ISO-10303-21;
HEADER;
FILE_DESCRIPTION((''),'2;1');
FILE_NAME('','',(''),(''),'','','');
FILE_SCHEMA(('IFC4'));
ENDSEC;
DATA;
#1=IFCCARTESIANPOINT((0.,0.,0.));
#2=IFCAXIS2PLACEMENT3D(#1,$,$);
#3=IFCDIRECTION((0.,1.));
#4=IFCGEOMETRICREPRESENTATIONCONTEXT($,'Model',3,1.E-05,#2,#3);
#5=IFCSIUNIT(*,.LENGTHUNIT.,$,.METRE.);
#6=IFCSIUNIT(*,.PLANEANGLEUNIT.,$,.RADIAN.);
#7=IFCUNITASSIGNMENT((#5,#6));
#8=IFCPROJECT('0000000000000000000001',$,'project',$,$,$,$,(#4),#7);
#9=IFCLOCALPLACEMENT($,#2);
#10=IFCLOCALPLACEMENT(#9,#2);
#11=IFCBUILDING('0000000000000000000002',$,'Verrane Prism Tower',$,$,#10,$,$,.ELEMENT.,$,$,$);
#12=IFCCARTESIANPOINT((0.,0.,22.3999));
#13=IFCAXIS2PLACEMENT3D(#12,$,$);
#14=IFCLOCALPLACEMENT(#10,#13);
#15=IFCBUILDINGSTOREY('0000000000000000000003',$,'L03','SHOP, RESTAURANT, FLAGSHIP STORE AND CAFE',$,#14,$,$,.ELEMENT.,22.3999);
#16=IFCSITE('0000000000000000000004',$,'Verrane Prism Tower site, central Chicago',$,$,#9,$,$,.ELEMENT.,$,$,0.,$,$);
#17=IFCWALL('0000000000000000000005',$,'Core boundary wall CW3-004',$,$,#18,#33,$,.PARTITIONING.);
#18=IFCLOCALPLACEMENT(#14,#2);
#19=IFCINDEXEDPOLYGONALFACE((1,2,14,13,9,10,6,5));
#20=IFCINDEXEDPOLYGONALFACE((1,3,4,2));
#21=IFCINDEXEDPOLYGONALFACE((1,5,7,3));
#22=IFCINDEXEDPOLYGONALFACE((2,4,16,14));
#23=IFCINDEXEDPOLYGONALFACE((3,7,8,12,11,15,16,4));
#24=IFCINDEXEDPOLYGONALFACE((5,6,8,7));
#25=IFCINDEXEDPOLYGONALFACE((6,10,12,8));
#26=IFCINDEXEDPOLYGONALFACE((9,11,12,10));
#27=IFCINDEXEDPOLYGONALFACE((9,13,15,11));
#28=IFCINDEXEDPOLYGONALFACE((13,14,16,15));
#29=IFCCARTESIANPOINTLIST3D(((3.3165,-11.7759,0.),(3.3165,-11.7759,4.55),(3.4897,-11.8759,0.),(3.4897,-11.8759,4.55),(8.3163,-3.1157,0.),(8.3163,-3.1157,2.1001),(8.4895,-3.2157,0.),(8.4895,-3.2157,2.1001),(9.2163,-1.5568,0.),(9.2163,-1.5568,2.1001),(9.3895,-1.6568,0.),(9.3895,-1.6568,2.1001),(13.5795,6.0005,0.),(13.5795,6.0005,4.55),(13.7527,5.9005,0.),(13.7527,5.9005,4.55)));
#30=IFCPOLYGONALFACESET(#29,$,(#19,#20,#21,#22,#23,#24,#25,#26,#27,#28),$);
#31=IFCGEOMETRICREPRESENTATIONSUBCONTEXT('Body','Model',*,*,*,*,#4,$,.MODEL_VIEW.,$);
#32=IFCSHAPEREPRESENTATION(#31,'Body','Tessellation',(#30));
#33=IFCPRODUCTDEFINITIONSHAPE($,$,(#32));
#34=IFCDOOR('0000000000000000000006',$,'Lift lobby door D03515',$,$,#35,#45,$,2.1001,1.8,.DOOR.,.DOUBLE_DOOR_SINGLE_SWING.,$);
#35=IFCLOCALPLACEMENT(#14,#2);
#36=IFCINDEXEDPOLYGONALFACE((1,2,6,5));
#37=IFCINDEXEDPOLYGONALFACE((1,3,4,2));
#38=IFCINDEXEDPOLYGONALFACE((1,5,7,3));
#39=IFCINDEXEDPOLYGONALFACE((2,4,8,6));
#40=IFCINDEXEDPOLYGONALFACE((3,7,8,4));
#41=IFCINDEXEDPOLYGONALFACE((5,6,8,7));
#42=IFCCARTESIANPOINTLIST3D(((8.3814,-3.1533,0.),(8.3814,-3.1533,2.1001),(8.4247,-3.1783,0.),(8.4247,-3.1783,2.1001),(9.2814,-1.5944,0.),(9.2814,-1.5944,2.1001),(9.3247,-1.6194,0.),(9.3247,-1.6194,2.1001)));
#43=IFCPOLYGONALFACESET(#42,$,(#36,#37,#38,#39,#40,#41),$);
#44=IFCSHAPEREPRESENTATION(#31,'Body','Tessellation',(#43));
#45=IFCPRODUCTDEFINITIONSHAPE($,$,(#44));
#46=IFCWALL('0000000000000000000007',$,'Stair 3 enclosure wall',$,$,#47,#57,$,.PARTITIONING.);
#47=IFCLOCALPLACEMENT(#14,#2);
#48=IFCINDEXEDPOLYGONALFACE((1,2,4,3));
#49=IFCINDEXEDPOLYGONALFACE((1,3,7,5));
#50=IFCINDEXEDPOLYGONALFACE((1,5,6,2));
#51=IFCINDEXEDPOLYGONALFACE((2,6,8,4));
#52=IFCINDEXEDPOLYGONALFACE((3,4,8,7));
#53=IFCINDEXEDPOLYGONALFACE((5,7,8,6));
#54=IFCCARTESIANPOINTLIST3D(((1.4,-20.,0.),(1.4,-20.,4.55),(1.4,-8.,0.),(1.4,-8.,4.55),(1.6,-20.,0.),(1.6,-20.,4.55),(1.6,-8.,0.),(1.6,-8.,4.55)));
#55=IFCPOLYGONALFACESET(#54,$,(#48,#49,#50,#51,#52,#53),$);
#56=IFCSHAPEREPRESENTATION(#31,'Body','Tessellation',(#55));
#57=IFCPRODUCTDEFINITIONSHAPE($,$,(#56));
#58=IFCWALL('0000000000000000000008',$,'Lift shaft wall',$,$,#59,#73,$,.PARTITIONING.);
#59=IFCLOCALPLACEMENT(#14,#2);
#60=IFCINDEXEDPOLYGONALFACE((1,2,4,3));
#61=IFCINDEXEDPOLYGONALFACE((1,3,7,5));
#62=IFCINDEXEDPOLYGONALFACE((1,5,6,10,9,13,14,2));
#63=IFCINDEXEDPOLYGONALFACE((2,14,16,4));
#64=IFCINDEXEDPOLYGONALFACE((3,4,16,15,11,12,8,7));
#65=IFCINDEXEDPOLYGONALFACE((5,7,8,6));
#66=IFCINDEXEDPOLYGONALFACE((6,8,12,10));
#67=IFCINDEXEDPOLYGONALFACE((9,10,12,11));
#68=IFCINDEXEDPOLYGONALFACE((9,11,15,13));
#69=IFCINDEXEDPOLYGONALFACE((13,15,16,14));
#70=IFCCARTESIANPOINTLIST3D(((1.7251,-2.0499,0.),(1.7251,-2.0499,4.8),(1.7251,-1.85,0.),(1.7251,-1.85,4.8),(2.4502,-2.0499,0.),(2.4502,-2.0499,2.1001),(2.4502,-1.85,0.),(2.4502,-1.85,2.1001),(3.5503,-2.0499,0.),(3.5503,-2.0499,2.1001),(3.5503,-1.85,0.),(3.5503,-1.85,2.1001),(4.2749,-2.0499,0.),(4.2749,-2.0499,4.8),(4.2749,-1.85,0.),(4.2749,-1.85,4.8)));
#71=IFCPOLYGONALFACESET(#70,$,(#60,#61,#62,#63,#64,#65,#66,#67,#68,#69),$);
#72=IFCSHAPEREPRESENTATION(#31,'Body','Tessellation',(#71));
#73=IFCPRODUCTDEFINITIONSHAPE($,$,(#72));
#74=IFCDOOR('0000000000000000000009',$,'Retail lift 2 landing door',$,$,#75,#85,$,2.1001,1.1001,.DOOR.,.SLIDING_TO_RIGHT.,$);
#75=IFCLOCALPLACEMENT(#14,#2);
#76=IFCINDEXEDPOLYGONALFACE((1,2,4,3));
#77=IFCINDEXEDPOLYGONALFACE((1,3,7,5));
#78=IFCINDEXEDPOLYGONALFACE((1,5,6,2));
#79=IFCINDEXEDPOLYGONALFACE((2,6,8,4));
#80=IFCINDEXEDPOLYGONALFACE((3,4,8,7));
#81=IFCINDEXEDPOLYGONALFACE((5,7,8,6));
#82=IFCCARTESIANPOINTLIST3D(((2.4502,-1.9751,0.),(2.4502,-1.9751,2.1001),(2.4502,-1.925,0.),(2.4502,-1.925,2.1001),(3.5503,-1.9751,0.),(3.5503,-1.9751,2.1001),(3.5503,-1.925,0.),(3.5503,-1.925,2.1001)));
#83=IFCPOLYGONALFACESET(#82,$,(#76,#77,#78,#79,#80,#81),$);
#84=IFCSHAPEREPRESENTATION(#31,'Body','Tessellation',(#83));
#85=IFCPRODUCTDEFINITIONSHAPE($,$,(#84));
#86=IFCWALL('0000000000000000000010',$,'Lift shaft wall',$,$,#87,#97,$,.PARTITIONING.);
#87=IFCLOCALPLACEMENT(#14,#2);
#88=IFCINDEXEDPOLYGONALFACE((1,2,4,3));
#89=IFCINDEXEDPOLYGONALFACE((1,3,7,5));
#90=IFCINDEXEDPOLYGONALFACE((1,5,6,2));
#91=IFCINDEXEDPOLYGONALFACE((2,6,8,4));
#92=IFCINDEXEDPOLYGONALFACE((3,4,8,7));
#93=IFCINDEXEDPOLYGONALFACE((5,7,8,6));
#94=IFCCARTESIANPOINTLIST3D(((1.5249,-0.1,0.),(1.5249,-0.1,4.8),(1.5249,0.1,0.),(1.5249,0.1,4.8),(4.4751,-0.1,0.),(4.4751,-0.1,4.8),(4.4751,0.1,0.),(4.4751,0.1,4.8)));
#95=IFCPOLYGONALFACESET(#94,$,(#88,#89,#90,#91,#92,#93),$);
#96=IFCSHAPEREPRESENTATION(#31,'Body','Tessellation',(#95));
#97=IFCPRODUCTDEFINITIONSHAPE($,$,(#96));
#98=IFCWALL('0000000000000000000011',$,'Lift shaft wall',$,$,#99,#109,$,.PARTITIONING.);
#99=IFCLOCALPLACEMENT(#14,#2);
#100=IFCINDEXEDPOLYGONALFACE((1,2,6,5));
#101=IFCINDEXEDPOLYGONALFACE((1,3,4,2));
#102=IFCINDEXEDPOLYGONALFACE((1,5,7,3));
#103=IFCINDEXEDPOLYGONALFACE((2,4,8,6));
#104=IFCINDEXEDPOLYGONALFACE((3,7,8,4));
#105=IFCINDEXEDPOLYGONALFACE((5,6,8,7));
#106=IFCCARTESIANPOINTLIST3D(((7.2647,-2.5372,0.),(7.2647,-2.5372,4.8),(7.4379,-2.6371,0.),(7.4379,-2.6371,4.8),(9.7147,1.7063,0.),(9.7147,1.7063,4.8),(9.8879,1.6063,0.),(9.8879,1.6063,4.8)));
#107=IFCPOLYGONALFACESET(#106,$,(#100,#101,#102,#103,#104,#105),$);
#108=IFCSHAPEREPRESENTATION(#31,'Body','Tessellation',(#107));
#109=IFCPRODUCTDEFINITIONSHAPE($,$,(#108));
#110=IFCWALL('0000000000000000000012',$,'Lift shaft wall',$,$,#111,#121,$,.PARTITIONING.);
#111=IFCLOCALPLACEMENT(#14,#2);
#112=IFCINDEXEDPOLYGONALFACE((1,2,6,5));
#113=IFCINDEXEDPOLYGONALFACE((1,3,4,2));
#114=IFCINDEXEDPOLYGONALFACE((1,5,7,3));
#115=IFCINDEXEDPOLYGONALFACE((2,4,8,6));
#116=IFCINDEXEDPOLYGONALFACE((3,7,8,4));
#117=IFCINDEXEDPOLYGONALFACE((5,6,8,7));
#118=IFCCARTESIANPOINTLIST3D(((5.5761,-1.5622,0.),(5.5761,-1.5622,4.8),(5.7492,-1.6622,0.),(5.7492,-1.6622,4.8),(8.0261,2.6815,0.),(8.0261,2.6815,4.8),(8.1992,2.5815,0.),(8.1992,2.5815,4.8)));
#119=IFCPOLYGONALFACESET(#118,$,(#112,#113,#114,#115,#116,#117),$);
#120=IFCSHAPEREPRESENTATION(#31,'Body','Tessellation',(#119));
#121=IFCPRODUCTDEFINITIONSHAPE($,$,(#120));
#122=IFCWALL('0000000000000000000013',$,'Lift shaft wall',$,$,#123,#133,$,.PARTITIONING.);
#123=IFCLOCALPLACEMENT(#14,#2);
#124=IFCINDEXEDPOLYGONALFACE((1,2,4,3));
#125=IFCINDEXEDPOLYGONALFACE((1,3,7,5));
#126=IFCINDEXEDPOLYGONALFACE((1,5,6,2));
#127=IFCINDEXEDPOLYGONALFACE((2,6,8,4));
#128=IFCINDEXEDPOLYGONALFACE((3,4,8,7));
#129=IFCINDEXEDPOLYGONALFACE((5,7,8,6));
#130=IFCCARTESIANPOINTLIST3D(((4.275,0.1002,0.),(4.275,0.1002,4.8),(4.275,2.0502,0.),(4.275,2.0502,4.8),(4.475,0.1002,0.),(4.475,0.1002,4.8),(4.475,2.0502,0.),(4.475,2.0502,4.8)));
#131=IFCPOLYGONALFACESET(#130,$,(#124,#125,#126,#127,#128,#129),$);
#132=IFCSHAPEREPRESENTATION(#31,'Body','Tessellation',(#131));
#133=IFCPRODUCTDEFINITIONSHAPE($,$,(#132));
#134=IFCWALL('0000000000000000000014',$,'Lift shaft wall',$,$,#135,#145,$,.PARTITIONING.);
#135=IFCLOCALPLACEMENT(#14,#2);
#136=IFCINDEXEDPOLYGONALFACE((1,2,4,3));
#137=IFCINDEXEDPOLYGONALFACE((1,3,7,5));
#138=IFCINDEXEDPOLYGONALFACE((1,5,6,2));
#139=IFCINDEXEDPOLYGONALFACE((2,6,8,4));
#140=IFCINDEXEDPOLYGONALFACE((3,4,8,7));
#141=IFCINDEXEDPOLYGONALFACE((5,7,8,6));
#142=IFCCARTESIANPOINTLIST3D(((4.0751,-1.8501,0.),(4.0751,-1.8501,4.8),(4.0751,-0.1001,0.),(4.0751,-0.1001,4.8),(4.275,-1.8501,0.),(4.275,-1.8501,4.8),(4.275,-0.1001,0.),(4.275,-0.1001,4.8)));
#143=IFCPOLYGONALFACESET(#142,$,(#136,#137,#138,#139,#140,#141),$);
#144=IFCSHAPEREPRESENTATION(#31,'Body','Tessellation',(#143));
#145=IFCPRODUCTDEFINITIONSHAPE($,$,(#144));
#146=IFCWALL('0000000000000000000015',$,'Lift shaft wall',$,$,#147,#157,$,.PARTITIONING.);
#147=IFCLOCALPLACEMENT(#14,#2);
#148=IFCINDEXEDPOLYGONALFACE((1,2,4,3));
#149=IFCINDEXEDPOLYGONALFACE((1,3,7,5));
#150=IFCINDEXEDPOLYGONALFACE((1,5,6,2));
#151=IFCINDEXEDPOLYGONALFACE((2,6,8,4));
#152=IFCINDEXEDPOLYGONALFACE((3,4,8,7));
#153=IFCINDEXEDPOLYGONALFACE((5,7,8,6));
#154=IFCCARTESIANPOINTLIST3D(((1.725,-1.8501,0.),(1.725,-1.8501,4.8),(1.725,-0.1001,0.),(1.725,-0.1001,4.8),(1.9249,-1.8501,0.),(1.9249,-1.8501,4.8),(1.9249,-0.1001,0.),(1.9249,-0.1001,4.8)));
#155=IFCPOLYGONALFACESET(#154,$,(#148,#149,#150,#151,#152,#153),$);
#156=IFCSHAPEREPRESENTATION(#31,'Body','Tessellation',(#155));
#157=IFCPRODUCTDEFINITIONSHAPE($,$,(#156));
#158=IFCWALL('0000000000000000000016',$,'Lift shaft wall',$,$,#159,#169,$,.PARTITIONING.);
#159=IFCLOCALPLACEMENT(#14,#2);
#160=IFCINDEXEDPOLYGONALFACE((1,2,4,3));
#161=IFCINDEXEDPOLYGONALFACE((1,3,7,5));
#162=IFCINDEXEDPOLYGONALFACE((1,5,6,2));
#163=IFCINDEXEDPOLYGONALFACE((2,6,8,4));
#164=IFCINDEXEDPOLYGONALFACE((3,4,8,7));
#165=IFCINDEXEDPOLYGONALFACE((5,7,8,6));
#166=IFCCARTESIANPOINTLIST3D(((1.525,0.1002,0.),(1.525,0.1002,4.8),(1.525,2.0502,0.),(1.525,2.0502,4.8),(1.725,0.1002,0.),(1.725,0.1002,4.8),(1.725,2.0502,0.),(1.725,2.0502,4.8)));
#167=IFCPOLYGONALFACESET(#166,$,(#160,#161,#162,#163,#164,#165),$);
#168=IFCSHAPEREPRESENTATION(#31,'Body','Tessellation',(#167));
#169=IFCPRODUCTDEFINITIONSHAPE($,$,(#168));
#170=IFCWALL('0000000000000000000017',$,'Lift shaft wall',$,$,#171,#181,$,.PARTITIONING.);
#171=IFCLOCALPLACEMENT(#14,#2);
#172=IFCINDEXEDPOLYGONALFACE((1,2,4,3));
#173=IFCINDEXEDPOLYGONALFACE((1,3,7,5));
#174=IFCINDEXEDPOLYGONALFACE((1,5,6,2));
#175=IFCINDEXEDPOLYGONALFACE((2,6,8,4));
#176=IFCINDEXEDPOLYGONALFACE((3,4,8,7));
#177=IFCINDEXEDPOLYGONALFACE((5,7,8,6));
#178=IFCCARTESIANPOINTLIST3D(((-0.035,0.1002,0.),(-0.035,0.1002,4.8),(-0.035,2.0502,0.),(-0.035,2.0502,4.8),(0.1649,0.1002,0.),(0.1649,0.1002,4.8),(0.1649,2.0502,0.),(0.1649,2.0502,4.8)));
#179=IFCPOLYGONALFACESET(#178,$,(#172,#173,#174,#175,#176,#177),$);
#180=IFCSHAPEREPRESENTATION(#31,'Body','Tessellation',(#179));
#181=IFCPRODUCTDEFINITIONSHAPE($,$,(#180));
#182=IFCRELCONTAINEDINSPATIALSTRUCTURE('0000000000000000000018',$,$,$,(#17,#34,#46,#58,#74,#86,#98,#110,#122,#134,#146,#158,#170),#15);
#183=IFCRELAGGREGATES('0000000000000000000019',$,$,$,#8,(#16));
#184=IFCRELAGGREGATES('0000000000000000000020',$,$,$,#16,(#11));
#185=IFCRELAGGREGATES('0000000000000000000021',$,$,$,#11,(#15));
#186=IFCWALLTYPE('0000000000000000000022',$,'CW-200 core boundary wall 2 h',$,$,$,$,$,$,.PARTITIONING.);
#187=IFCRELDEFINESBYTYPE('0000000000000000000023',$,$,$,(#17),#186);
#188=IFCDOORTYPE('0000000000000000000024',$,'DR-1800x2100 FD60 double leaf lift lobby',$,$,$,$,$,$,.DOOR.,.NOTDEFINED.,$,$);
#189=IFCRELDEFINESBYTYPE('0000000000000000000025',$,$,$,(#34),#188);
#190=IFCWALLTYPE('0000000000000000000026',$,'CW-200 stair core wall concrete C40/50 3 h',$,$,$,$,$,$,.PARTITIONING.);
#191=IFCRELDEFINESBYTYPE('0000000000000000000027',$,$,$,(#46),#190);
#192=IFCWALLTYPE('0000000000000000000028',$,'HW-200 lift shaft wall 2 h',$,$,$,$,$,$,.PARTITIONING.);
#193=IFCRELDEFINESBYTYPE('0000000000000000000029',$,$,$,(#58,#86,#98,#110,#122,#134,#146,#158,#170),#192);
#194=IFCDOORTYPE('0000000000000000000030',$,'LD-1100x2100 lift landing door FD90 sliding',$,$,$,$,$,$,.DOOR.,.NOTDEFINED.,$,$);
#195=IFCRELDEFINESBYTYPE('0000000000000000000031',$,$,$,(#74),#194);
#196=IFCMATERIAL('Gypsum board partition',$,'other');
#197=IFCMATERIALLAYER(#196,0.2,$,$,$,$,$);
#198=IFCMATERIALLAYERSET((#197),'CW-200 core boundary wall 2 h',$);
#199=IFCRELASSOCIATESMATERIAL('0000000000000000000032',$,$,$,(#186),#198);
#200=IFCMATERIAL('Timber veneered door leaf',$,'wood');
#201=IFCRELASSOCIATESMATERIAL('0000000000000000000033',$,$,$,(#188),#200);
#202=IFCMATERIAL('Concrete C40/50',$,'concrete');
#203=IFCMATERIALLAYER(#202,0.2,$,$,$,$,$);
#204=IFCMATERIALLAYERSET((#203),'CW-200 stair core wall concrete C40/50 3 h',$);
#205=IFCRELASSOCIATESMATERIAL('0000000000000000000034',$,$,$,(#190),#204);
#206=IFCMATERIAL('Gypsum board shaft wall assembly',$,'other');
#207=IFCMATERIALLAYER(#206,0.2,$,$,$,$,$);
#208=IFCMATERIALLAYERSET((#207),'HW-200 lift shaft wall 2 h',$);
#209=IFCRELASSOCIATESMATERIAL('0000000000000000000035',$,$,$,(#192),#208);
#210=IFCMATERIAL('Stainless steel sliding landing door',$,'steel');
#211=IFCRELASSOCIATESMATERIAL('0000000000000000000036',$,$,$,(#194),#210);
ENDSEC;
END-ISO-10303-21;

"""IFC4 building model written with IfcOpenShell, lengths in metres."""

from ifc_helpers import new_model, si_unit, direction, frame, frame_2d, origin, place, context, subcontext, project, spatial, rectangle, extrude, material, layer, layer_set, type_object, element, fill, save


model = new_model("IFC4")

# Units and contexts
model_context = context("Model", 3, precision=1e-05, world=origin(), true_north=direction((0.0, 1.0)))
body_context = subcontext(model_context, "Body", "Model", "MODEL_VIEW")
ifc_project = project(units=[si_unit("LENGTHUNIT", "METRE"), si_unit("PLANEANGLEUNIT", "RADIAN")], contexts=[model_context])

# Site, building, storey
site_placement = place(None, origin())
site = spatial("IfcSite", under=ifc_project, at=site_placement, Name="Verrane Prism Tower site, central Chicago", CompositionType="ELEMENT", RefElevation=0.0)
building_placement = place(site_placement, origin())
building = spatial("IfcBuilding", under=site, at=building_placement, Name="Verrane Prism Tower", CompositionType="ELEMENT")
storey_placement = place(building_placement, frame((0.0, 0.0, 22.3999)))
storey = spatial("IfcBuildingStorey", under=building, at=storey_placement, Name="L03", Description="SHOP, RESTAURANT, FLAGSHIP STORE AND CAFE", CompositionType="ELEMENT", Elevation=22.3999)

# Wall, opening, door
ifc_material_1 = material(Name="Gypsum board partition", Category="other")
ifc_layer_1 = layer(ifc_material_1, 0.2)
ifc_layer_set_1 = layer_set([ifc_layer_1], Name="CW-200 core boundary wall 2 h")
wall_type_1 = type_object("IfcWallType", Name="CW-200 core boundary wall 2 h", PredefinedType="PARTITIONING", material=ifc_layer_set_1)
wall_1_placement = place(storey_placement, frame((3.4031, -11.8259, 0.0), z_axis=(0.0, 0.0, 1.0), x_axis=(0.499991, 0.866031, 0.0)))
wall_1 = element("IfcWall", 1, at=wall_1_placement, inside=storey, type_object=wall_type_1, Name="Core boundary wall CW3-004", PredefinedType="PARTITIONING", context=body_context, shape_type="SweptSolid", body=[
    extrude(rectangle(XDim=20.5264, YDim=0.2, at=frame_2d((10.2632, 0.0))), origin(), (0.0, 0.0, 1.0), 4.55),
])
opening_1_placement = place(wall_1_placement, frame((10.0, 0.0, 0.0)))
opening_1 = element("IfcOpeningElement", 2, at=opening_1_placement, cuts=wall_1, PredefinedType="OPENING", context=body_context, shape_type="SweptSolid", body=[
    extrude(rectangle(XDim=1.8, YDim=2.1001, at=frame_2d((0.8999, 1.05))), frame((0.0, 0.1099, 0.0), z_axis=(0.0, -1.0, 0.0), x_axis=(1.0, 0.0, 0.0)), (0.0, 0.0, 1.0), 0.22),
])
ifc_material_2 = material(Name="Timber veneered door leaf", Category="wood")
door_type_1 = type_object("IfcDoorType", Name="DR-1800x2100 FD60 double leaf lift lobby", OperationType="NOTDEFINED", PredefinedType="DOOR", material=ifc_material_2)
door_1_placement = place(opening_1_placement, origin())
door_1 = element("IfcDoor", 3, at=door_1_placement, inside=storey, type_object=door_type_1, Name="Lift lobby door D03515", OperationType="DOUBLE_DOOR_SINGLE_SWING", OverallHeight=2.1001, OverallWidth=1.8, PredefinedType="DOOR", context=body_context, shape_type="SweptSolid", body=[
    extrude(rectangle(XDim=1.8, YDim=2.1001, at=frame_2d((0.8999, 1.05))), frame((0.0, 0.0249, 0.0), z_axis=(0.0, -1.0, 0.0), x_axis=(1.0, 0.0, 0.0)), (0.0, 0.0, 1.0), 0.05),
])
fill(opening_1, door_1)

# Wall
ifc_material_3 = material(Name="Concrete C40/50", Category="concrete")
ifc_layer_2 = layer(ifc_material_3, 0.2)
ifc_layer_set_2 = layer_set([ifc_layer_2], Name="CW-200 stair core wall concrete C40/50 3 h")
wall_type_2 = type_object("IfcWallType", Name="CW-200 stair core wall concrete C40/50 3 h", PredefinedType="PARTITIONING", material=ifc_layer_set_2)
wall_2_placement = place(storey_placement, frame((1.5, -8.0, 0.0), z_axis=(0.0, 0.0, 1.0), x_axis=(0.0, -1.0, 0.0)))
element("IfcWall", 4, at=wall_2_placement, inside=storey, type_object=wall_type_2, Name="Stair 3 enclosure wall", PredefinedType="PARTITIONING", context=body_context, shape_type="SweptSolid", body=[
    extrude(rectangle(XDim=12.0, YDim=0.2, at=frame_2d((6.0, 0.0))), origin(), (0.0, 0.0, 1.0), 4.55),
])

# Wall, opening, door
ifc_material_4 = material(Name="Gypsum board shaft wall assembly", Category="other")
ifc_layer_3 = layer(ifc_material_4, 0.2)
ifc_layer_set_3 = layer_set([ifc_layer_3], Name="HW-200 lift shaft wall 2 h")
wall_type_3 = type_object("IfcWallType", Name="HW-200 lift shaft wall 2 h", PredefinedType="PARTITIONING", material=ifc_layer_set_3)
wall_3_placement = place(storey_placement, frame((1.7251, -1.95, 0.0), z_axis=(0.0, 0.0, 1.0), x_axis=(1.0, 0.0, 0.0)))
wall_3 = element("IfcWall", 5, at=wall_3_placement, inside=storey, type_object=wall_type_3, Name="Lift shaft wall", PredefinedType="PARTITIONING", context=body_context, shape_type="SweptSolid", body=[
    extrude(rectangle(XDim=2.5498, YDim=0.2, at=frame_2d((1.2749, 0.0))), origin(), (0.0, 0.0, 1.0), 4.8),
])
opening_2_placement = place(wall_3_placement, frame((0.7251, 0.0, 0.0)))
opening_2 = element("IfcOpeningElement", 6, at=opening_2_placement, cuts=wall_3, PredefinedType="OPENING", context=body_context, shape_type="SweptSolid", body=[
    extrude(rectangle(XDim=1.1001, YDim=2.1001, at=frame_2d((0.55, 1.05))), frame((0.0, 0.1099, 0.0), z_axis=(0.0, -1.0, 0.0), x_axis=(1.0, 0.0, 0.0)), (0.0, 0.0, 1.0), 0.22),
])
ifc_material_5 = material(Name="Stainless steel sliding landing door", Category="steel")
door_type_2 = type_object("IfcDoorType", Name="LD-1100x2100 lift landing door FD90 sliding", OperationType="NOTDEFINED", PredefinedType="DOOR", material=ifc_material_5)
door_2_placement = place(opening_2_placement, origin())
door_2 = element("IfcDoor", 7, at=door_2_placement, inside=storey, type_object=door_type_2, Name="Retail lift 2 landing door", OperationType="SLIDING_TO_RIGHT", OverallHeight=2.1001, OverallWidth=1.1001, PredefinedType="DOOR", context=body_context, shape_type="SweptSolid", body=[
    extrude(rectangle(XDim=1.1001, YDim=2.1001, at=frame_2d((0.55, 1.05))), frame((0.0, 0.0249, 0.0), z_axis=(0.0, -1.0, 0.0), x_axis=(1.0, 0.0, 0.0)), (0.0, 0.0, 1.0), 0.05),
])
fill(opening_2, door_2)

# Walls
wall_4_placement = place(storey_placement, frame((1.5249, 0.0, 0.0), z_axis=(0.0, 0.0, 1.0), x_axis=(1.0, 0.0, 0.0)))
element("IfcWall", 8, at=wall_4_placement, inside=storey, type_object=wall_type_3, Name="Lift shaft wall", PredefinedType="PARTITIONING", context=body_context, shape_type="SweptSolid", body=[
    extrude(rectangle(XDim=2.9502, YDim=0.2, at=frame_2d((1.4751, 0.0))), origin(), (0.0, 0.0, 1.0), 4.8),
])
wall_5_placement = place(storey_placement, frame((7.3513, -2.5872, 0.0), z_axis=(0.0, 0.0, 1.0), x_axis=(0.500003, 0.866024, 0.0)))
element("IfcWall", 9, at=wall_5_placement, inside=storey, type_object=wall_type_3, Name="Lift shaft wall", PredefinedType="PARTITIONING", context=body_context, shape_type="SweptSolid", body=[
    extrude(rectangle(XDim=4.8999, YDim=0.2, at=frame_2d((2.45, 0.0))), origin(), (0.0, 0.0, 1.0), 4.8),
])
wall_6_placement = place(storey_placement, frame((5.6626, -1.6123, 0.0), z_axis=(0.0, 0.0, 1.0), x_axis=(0.499981, 0.866036, 0.0)))
element("IfcWall", 10, at=wall_6_placement, inside=storey, type_object=wall_type_3, Name="Lift shaft wall", PredefinedType="PARTITIONING", context=body_context, shape_type="SweptSolid", body=[
    extrude(rectangle(XDim=4.9001, YDim=0.2, at=frame_2d((2.4502, 0.0))), origin(), (0.0, 0.0, 1.0), 4.8),
])
wall_7_placement = place(storey_placement, frame((4.375, 0.1001, 0.0), z_axis=(0.0, 0.0, 1.0), x_axis=(0.0, 1.0, 0.0)))
element("IfcWall", 11, at=wall_7_placement, inside=storey, type_object=wall_type_3, Name="Lift shaft wall", PredefinedType="PARTITIONING", context=body_context, shape_type="SweptSolid", body=[
    extrude(rectangle(XDim=1.95, YDim=0.2, at=frame_2d((0.9751, 0.0))), origin(), (0.0, 0.0, 1.0), 4.8),
])
for number, where, z_axis, x_axis, name in (
    (12, (4.175, -1.8501, 0.0), (0.0, 0.0, 1.0), (0.0, 1.0, 0.0), "Lift shaft wall"),
    (13, (1.825, -1.8501, 0.0), (0.0, 0.0, 1.0), (0.0, 1.0, 0.0), "Lift shaft wall"),
):
    element("IfcWall", number, at=place(storey_placement, frame(where, z_axis=z_axis, x_axis=x_axis)), inside=storey, type_object=wall_type_3, Name=name, PredefinedType="PARTITIONING", context=body_context, shape_type="SweptSolid", body=[
        extrude(rectangle(XDim=1.75, YDim=0.2, at=frame_2d((0.875, 0.0))), origin(), (0.0, 0.0, 1.0), 4.8),
    ])
for number, where, z_axis, x_axis, name in (
    (14, (1.625, 0.1001, 0.0), (0.0, 0.0, 1.0), (0.0, 1.0, 0.0), "Lift shaft wall"),
    (15, (0.0649, 0.1001, 0.0), (0.0, 0.0, 1.0), (0.0, 1.0, 0.0), "Lift shaft wall"),
):
    element("IfcWall", number, at=place(storey_placement, frame(where, z_axis=z_axis, x_axis=x_axis)), inside=storey, type_object=wall_type_3, Name=name, PredefinedType="PARTITIONING", context=body_context, shape_type="SweptSolid", body=[
        extrude(rectangle(XDim=1.95, YDim=0.2, at=frame_2d((0.9751, 0.0))), origin(), (0.0, 0.0, 1.0), 4.8),
    ])

save(model, "model.ifc")
